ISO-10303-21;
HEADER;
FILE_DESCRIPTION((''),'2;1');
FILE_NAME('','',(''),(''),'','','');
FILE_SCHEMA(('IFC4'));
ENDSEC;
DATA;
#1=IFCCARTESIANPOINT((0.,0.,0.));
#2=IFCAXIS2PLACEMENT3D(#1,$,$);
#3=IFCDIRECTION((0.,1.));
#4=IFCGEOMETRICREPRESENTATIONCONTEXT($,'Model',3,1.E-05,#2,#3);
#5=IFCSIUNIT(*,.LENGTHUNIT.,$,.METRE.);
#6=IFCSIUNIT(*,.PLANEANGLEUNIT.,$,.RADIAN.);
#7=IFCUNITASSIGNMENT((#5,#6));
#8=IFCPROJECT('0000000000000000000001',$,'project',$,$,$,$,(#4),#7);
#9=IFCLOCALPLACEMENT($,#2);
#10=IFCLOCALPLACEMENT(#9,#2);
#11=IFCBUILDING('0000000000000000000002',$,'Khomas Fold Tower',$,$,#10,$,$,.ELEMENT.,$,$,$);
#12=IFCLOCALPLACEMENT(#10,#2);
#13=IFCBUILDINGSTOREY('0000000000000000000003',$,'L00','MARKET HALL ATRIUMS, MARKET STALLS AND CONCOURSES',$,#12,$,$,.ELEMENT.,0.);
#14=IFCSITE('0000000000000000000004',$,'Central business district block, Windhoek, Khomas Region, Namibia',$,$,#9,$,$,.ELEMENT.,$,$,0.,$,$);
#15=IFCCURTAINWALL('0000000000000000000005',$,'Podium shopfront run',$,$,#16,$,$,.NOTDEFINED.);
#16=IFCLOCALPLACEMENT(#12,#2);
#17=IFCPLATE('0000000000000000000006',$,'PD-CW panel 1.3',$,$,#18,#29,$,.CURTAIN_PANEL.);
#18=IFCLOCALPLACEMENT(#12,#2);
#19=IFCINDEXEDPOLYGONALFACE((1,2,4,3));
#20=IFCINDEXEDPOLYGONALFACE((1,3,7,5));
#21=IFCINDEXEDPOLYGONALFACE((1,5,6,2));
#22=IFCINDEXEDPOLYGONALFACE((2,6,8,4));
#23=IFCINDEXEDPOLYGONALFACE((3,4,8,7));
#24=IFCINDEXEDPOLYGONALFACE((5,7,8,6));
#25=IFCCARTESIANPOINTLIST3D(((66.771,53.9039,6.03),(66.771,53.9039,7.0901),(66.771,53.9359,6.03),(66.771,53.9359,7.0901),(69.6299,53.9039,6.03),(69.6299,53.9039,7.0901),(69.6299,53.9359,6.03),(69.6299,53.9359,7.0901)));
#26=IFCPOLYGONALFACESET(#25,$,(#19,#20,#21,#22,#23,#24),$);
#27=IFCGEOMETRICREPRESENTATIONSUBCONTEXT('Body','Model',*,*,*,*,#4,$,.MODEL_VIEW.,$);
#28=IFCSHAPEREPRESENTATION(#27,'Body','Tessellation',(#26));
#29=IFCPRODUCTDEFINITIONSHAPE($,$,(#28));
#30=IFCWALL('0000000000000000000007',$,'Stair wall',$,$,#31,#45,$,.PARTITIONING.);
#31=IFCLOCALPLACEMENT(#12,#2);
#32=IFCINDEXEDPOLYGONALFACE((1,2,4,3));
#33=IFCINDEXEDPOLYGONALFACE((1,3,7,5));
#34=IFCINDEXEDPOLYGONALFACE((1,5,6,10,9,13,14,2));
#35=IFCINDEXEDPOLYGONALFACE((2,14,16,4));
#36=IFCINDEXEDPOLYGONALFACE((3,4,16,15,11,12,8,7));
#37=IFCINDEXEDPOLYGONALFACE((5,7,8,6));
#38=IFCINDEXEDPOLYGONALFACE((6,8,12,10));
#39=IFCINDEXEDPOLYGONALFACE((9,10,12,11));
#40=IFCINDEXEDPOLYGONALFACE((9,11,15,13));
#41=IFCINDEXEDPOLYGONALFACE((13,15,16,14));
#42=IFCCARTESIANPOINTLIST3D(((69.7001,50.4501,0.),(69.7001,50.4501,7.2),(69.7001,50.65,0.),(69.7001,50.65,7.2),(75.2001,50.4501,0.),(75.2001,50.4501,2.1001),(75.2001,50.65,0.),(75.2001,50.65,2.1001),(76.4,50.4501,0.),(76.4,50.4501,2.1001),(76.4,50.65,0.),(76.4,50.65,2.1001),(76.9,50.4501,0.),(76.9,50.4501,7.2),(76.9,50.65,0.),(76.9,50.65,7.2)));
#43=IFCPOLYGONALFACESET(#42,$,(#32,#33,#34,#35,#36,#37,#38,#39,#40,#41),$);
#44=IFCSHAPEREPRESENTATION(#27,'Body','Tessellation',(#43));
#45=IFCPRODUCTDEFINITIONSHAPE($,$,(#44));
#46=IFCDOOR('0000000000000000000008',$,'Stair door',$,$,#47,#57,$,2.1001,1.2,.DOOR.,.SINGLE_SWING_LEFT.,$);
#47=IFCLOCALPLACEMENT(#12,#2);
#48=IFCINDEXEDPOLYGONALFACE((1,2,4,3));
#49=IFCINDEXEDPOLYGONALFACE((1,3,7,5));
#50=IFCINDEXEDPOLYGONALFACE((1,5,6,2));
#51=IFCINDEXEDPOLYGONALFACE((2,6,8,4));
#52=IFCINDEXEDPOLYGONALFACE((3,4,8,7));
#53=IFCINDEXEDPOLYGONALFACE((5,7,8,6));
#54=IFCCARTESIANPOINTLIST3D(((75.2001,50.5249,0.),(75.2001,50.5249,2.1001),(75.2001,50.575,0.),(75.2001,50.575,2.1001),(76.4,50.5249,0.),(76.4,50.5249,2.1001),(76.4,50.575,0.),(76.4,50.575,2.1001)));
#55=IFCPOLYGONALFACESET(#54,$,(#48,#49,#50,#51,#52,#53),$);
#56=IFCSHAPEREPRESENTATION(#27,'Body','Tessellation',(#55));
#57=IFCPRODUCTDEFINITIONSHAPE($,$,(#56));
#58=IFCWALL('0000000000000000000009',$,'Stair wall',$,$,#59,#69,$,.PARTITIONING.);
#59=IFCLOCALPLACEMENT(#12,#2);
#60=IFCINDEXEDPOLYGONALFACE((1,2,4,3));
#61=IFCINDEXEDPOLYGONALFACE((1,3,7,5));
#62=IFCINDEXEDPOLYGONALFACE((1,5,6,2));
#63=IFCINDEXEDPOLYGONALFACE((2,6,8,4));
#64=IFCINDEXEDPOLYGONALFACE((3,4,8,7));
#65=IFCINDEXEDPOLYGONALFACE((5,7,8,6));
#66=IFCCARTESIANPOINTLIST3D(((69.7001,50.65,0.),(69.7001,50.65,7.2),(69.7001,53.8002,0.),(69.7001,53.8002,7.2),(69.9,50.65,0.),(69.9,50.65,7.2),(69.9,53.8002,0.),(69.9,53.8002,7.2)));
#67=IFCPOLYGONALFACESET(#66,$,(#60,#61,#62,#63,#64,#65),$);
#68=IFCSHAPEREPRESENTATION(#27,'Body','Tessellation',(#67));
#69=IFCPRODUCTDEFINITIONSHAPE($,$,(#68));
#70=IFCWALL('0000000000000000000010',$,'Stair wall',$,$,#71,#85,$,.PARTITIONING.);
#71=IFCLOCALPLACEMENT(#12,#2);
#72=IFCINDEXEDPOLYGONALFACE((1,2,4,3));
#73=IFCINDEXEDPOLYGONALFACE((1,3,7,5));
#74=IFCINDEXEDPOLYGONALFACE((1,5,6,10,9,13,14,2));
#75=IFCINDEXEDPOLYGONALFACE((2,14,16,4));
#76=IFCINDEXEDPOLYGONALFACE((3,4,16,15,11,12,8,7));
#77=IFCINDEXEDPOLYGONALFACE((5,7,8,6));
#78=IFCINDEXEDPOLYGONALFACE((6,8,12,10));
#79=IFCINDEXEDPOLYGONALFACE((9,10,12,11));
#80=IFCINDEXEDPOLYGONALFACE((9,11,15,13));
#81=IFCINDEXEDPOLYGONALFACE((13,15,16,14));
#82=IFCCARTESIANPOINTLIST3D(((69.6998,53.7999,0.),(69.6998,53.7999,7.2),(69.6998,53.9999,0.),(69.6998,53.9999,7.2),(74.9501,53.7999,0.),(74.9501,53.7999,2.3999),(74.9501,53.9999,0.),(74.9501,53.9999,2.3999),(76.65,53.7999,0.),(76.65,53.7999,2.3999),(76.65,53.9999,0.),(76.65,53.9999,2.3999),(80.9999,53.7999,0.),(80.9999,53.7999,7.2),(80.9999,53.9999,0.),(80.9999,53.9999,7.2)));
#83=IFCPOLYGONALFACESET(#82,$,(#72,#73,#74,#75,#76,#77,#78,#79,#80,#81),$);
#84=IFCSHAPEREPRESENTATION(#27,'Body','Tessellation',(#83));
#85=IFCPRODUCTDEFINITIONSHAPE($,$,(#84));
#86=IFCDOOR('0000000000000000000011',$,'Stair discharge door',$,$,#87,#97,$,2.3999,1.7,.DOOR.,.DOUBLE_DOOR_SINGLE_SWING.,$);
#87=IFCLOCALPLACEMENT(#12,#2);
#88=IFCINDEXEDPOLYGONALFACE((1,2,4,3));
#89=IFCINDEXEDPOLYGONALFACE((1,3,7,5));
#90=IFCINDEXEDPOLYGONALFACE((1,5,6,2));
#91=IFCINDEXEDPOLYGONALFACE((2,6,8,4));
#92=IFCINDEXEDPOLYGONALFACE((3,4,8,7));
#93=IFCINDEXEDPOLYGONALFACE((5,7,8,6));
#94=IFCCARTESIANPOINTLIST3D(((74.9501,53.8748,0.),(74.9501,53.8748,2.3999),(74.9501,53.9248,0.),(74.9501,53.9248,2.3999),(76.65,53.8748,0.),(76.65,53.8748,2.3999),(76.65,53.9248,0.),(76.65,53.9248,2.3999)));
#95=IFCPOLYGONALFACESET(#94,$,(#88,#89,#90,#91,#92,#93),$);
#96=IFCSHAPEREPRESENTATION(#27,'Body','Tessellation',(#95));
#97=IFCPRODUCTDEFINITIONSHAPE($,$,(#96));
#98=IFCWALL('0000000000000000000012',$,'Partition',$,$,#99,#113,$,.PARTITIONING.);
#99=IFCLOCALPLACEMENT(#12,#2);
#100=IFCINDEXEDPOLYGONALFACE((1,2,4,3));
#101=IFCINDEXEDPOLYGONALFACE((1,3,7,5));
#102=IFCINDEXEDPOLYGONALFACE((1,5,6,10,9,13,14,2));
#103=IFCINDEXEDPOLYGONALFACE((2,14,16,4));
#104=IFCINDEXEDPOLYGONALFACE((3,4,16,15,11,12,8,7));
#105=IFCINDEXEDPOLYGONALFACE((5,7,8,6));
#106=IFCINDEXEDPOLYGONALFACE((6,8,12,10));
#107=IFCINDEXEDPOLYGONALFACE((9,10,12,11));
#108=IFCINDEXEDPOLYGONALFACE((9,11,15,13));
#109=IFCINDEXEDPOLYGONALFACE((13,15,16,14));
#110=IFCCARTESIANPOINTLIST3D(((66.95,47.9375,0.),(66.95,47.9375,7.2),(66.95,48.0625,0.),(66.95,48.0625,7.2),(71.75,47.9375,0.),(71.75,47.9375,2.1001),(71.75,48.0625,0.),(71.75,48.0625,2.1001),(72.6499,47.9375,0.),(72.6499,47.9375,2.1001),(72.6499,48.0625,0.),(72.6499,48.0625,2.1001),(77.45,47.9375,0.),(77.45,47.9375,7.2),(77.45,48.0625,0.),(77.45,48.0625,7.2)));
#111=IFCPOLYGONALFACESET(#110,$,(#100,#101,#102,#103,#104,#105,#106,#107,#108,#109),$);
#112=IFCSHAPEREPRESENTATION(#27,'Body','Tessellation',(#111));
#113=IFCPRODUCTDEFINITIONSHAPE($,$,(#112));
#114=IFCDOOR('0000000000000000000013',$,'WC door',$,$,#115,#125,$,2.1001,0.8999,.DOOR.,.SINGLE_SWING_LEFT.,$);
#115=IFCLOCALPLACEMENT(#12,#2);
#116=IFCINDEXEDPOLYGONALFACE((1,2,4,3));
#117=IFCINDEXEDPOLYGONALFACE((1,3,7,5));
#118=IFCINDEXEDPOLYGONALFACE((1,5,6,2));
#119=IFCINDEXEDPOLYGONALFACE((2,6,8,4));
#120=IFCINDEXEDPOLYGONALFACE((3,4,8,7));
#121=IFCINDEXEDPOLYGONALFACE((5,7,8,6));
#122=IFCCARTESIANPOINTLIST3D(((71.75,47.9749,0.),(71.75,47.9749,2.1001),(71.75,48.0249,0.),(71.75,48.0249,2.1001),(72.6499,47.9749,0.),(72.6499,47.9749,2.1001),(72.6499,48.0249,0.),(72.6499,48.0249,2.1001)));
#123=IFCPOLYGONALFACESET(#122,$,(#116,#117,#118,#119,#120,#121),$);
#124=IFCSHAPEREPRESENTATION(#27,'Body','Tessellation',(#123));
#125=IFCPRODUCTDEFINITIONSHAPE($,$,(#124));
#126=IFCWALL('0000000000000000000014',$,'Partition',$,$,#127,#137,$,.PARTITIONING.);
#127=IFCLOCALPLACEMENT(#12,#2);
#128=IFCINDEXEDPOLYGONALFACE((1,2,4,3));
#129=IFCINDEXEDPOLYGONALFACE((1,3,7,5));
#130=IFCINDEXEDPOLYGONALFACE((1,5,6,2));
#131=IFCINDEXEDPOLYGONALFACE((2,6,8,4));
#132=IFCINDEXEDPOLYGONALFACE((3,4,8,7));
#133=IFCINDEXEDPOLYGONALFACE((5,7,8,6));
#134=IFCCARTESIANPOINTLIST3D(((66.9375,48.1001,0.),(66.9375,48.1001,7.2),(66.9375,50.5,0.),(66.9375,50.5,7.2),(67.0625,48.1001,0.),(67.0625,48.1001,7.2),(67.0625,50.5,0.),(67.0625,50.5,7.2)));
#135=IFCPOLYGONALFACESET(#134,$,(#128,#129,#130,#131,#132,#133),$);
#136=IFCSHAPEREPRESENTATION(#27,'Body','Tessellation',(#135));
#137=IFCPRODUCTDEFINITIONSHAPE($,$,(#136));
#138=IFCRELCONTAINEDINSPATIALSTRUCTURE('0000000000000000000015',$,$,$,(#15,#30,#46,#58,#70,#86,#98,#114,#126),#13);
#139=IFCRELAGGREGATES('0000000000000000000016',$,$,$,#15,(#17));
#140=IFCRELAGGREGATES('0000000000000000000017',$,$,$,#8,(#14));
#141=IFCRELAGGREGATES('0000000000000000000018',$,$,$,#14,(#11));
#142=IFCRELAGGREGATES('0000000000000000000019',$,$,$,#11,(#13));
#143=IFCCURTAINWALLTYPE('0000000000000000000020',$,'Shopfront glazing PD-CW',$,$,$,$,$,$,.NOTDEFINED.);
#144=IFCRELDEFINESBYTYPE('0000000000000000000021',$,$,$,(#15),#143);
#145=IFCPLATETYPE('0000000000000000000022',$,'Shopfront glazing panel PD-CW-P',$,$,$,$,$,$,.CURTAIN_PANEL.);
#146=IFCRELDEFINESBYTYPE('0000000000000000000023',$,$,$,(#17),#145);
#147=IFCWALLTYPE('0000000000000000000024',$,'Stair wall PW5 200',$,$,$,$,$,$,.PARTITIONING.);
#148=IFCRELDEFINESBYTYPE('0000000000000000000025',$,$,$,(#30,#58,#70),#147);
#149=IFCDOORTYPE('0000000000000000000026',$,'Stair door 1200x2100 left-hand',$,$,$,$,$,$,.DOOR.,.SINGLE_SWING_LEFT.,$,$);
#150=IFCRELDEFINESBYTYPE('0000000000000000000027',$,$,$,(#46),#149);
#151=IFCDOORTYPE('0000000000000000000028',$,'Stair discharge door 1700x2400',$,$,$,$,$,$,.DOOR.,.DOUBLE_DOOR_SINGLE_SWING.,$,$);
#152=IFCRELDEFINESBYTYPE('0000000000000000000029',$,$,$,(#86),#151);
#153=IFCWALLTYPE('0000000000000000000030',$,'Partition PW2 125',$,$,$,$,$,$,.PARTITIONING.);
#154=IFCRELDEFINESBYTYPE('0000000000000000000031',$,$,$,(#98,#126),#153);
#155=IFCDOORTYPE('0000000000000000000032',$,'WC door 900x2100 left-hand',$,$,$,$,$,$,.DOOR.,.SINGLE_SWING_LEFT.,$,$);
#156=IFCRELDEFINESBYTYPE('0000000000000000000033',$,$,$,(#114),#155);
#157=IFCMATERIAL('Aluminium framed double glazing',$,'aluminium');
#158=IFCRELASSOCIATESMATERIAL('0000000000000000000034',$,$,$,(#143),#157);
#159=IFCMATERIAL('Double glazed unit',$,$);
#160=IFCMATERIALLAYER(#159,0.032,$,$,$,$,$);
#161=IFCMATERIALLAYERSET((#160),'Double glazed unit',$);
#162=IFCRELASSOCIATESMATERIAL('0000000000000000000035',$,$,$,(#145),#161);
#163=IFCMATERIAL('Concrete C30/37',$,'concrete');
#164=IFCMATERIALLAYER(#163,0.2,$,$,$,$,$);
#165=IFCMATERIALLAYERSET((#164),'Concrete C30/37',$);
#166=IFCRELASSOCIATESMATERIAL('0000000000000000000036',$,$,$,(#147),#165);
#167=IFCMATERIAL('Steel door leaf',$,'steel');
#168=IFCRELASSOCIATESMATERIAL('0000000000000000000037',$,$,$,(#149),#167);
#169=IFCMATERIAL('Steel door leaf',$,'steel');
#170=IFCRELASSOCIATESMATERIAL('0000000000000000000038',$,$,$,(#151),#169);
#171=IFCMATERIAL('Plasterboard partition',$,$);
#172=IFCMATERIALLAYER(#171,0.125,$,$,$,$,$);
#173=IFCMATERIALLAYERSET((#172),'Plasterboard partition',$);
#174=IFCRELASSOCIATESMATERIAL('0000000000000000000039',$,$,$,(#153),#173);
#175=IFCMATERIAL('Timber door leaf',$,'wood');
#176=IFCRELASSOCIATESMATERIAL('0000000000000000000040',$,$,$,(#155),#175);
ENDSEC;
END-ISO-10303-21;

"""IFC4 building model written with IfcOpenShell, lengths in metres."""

from ifc_helpers import new_model, si_unit, direction, frame, frame_2d, origin, origin_2d, place, context, subcontext, project, spatial, rectangle, extrude, source, transform, mapped, material, layer, layer_set, type_object, element, fill, aggregate, save


model = new_model("IFC4")

# Units and contexts
model_context = context("Model", 3, precision=1e-05, world=origin(), true_north=direction((0.0, 1.0)))
body_context = subcontext(model_context, "Body", "Model", "MODEL_VIEW")
ifc_project = project(units=[si_unit("LENGTHUNIT", "METRE"), si_unit("PLANEANGLEUNIT", "RADIAN")], contexts=[model_context])

# Site, building, storey
site_placement = place(None, origin())
site = spatial("IfcSite", under=ifc_project, at=site_placement, Name="Central business district block, Windhoek, Khomas Region, Namibia", CompositionType="ELEMENT", RefElevation=0.0)
building_placement = place(site_placement, origin())
building = spatial("IfcBuilding", under=site, at=building_placement, Name="Khomas Fold Tower", CompositionType="ELEMENT")
storey_placement = place(building_placement, origin())
storey = spatial("IfcBuildingStorey", under=building, at=storey_placement, Name="L00", Description="MARKET HALL ATRIUMS, MARKET STALLS AND CONCOURSES", CompositionType="ELEMENT", Elevation=0.0)

# Curtain wall, plate
ifc_material_1 = material(Name="Aluminium framed double glazing", Category="aluminium")
curtain_wall_type = type_object("IfcCurtainWallType", Name="Shopfront glazing PD-CW", PredefinedType="NOTDEFINED", material=ifc_material_1)
curtain_wall_placement = place(storey_placement, origin())
curtain_wall = element("IfcCurtainWall", 1, at=curtain_wall_placement, inside=storey, type_object=curtain_wall_type, Name="Podium shopfront run", PredefinedType="NOTDEFINED")
ifc_material_2 = material(Name="Double glazed unit")
ifc_layer_1 = layer(ifc_material_2, 0.032)
ifc_layer_set_1 = layer_set([ifc_layer_1], Name="Double glazed unit")
plate_type = type_object("IfcPlateType", Name="Shopfront glazing panel PD-CW-P", PredefinedType="CURTAIN_PANEL", material=ifc_layer_set_1)
shared_shape_1 = source(origin(), body_context, "Body", "SweptSolid", [
    extrude(rectangle(XDim=2.8589, YDim=0.032, at=origin_2d()), origin(), (0.0, 0.0, 1.0), 1.0601),
])
plate_1_placement = place(storey_placement, frame((68.2004, 53.9199, 6.03), z_axis=(0.0, 0.0, 1.0), x_axis=(-1.0, 0.0, 0.0)))
plate_1 = element("IfcPlate", 2, at=plate_1_placement, type_object=plate_type, Name="PD-CW panel 1.3", PredefinedType="CURTAIN_PANEL", context=body_context, shape_type="MappedRepresentation", body=[
    mapped(shared_shape_1, transform((0.0, 0.0, 0.0))),
])
aggregate(curtain_wall, [plate_1])

# Wall, opening, door
ifc_material_3 = material(Name="Concrete C30/37", Category="concrete")
ifc_layer_2 = layer(ifc_material_3, 0.2)
ifc_layer_set_2 = layer_set([ifc_layer_2], Name="Concrete C30/37")
wall_type_1 = type_object("IfcWallType", Name="Stair wall PW5 200", PredefinedType="PARTITIONING", material=ifc_layer_set_2)
shared_shape_2 = source(origin(), body_context, "Body", "SweptSolid", [
    extrude(rectangle(XDim=7.2, YDim=0.2, at=frame_2d((3.6001, 0.0))), origin(), (0.0, 0.0, 1.0), 7.2),
])
wall_1_placement = place(storey_placement, frame((69.7, 50.55, 0.0), z_axis=(0.0, 0.0, 1.0), x_axis=(1.0, 0.0, 0.0)))
wall_1 = element("IfcWall", 3, at=wall_1_placement, inside=storey, type_object=wall_type_1, Name="Stair wall", PredefinedType="PARTITIONING", context=body_context, shape_type="MappedRepresentation", body=[
    mapped(shared_shape_2, transform((0.0, 0.0, 0.0))),
])
shared_shape_3 = source(origin(), body_context, "Body", "SweptSolid", [
    extrude(rectangle(XDim=1.2, YDim=2.1001, at=frame_2d((0.6001, 1.05))), frame((0.0, 0.1099, 0.0), z_axis=(0.0, -1.0, 0.0), x_axis=(1.0, 0.0, 0.0)), (0.0, 0.0, 1.0), 0.22),
])
opening_1_placement = place(wall_1_placement, frame((5.5, 0.0, 0.0)))
opening_1 = element("IfcOpeningElement", 4, at=opening_1_placement, cuts=wall_1, PredefinedType="OPENING", context=body_context, shape_type="MappedRepresentation", body=[
    mapped(shared_shape_3, transform((0.0, 0.0, 0.0))),
])
ifc_material_4 = material(Name="Steel door leaf", Category="steel")
door_type_1 = type_object("IfcDoorType", Name="Stair door 1200x2100 left-hand", OperationType="SINGLE_SWING_LEFT", PredefinedType="DOOR", material=ifc_material_4)
shared_shape_4 = source(origin(), body_context, "Body", "SweptSolid", [
    extrude(rectangle(XDim=1.2, YDim=2.1001, at=frame_2d((0.6001, 1.05))), frame((0.0, 0.0249, 0.0), z_axis=(0.0, -1.0, 0.0), x_axis=(1.0, 0.0, 0.0)), (0.0, 0.0, 1.0), 0.05),
])
door_1_placement = place(opening_1_placement, origin())
door_1 = element("IfcDoor", 5, at=door_1_placement, inside=storey, type_object=door_type_1, Name="Stair door", OperationType="SINGLE_SWING_LEFT", OverallHeight=2.1001, OverallWidth=1.2, PredefinedType="DOOR", context=body_context, shape_type="MappedRepresentation", body=[
    mapped(shared_shape_4, transform((0.0, 0.0, 0.0))),
])
fill(opening_1, door_1)

# Wall
shared_shape_5 = source(origin(), body_context, "Body", "SweptSolid", [
    extrude(rectangle(XDim=3.1501, YDim=0.2, at=frame_2d((1.5752, 0.0))), origin(), (0.0, 0.0, 1.0), 7.2),
])
wall_2_placement = place(storey_placement, frame((69.8, 50.6499, 0.0), z_axis=(0.0, 0.0, 1.0), x_axis=(0.0, 1.0, 0.0)))
element("IfcWall", 6, at=wall_2_placement, inside=storey, type_object=wall_type_1, Name="Stair wall", PredefinedType="PARTITIONING", context=body_context, shape_type="MappedRepresentation", body=[
    mapped(shared_shape_5, transform((0.0, 0.0, 0.0))),
])

# Walls, openings, doors
shared_shape_6 = source(origin(), body_context, "Body", "SweptSolid", [
    extrude(rectangle(XDim=11.3, YDim=0.2, at=frame_2d((5.6499, 0.0))), origin(), (0.0, 0.0, 1.0), 7.2),
])
wall_3_placement = place(storey_placement, frame((69.7, 53.8999, 0.0), z_axis=(0.0, 0.0, 1.0), x_axis=(1.0, 0.0, 0.0)))
wall_3 = element("IfcWall", 7, at=wall_3_placement, inside=storey, type_object=wall_type_1, Name="Stair wall", PredefinedType="PARTITIONING", context=body_context, shape_type="MappedRepresentation", body=[
    mapped(shared_shape_6, transform((0.0, 0.0, 0.0))),
])
shared_shape_7 = source(origin(), body_context, "Body", "SweptSolid", [
    extrude(rectangle(XDim=1.7, YDim=2.3999, at=frame_2d((0.8501, 1.2))), frame((0.0, 0.1099, 0.0), z_axis=(0.0, -1.0, 0.0), x_axis=(1.0, 0.0, 0.0)), (0.0, 0.0, 1.0), 0.22),
])
opening_2_placement = place(wall_3_placement, frame((5.25, 0.0, 0.0)))
opening_2 = element("IfcOpeningElement", 8, at=opening_2_placement, cuts=wall_3, PredefinedType="OPENING", context=body_context, shape_type="MappedRepresentation", body=[
    mapped(shared_shape_7, transform((0.0, 0.0, 0.0))),
])
ifc_material_5 = material(Name="Steel door leaf", Category="steel")
door_type_2 = type_object("IfcDoorType", Name="Stair discharge door 1700x2400", OperationType="DOUBLE_DOOR_SINGLE_SWING", PredefinedType="DOOR", material=ifc_material_5)
shared_shape_8 = source(origin(), body_context, "Body", "SweptSolid", [
    extrude(rectangle(XDim=1.7, YDim=2.3999, at=frame_2d((0.8501, 1.2))), frame((0.0, 0.0249, 0.0), z_axis=(0.0, -1.0, 0.0), x_axis=(1.0, 0.0, 0.0)), (0.0, 0.0, 1.0), 0.05),
])
door_2_placement = place(opening_2_placement, origin())
door_2 = element("IfcDoor", 9, at=door_2_placement, inside=storey, type_object=door_type_2, Name="Stair discharge door", OperationType="DOUBLE_DOOR_SINGLE_SWING", OverallHeight=2.3999, OverallWidth=1.7, PredefinedType="DOOR", context=body_context, shape_type="MappedRepresentation", body=[
    mapped(shared_shape_8, transform((0.0, 0.0, 0.0))),
])
fill(opening_2, door_2)
ifc_material_6 = material(Name="Plasterboard partition")
ifc_layer_3 = layer(ifc_material_6, 0.125)
ifc_layer_set_3 = layer_set([ifc_layer_3], Name="Plasterboard partition")
wall_type_2 = type_object("IfcWallType", Name="Partition PW2 125", PredefinedType="PARTITIONING", material=ifc_layer_set_3)
shared_shape_9 = source(origin(), body_context, "Body", "SweptSolid", [
    extrude(rectangle(XDim=10.5, YDim=0.125, at=frame_2d((5.25, 0.0))), origin(), (0.0, 0.0, 1.0), 7.2),
])
wall_4_placement = place(storey_placement, frame((66.95, 48.0, 0.0), z_axis=(0.0, 0.0, 1.0), x_axis=(1.0, 0.0, 0.0)))
wall_4 = element("IfcWall", 10, at=wall_4_placement, inside=storey, type_object=wall_type_2, Name="Partition", PredefinedType="PARTITIONING", context=body_context, shape_type="MappedRepresentation", body=[
    mapped(shared_shape_9, transform((0.0, 0.0, 0.0))),
])
shared_shape_10 = source(origin(), body_context, "Body", "SweptSolid", [
    extrude(rectangle(XDim=0.8999, YDim=2.1001, at=frame_2d((0.45, 1.05))), frame((0.0, 0.0725, 0.0), z_axis=(0.0, -1.0, 0.0), x_axis=(1.0, 0.0, 0.0)), (0.0, 0.0, 1.0), 0.145),
])
opening_3_placement = place(wall_4_placement, frame((4.8, 0.0, 0.0)))
opening_3 = element("IfcOpeningElement", 11, at=opening_3_placement, cuts=wall_4, PredefinedType="OPENING", context=body_context, shape_type="MappedRepresentation", body=[
    mapped(shared_shape_10, transform((0.0, 0.0, 0.0))),
])
ifc_material_7 = material(Name="Timber door leaf", Category="wood")
door_type_3 = type_object("IfcDoorType", Name="WC door 900x2100 left-hand", OperationType="SINGLE_SWING_LEFT", PredefinedType="DOOR", material=ifc_material_7)
shared_shape_11 = source(origin(), body_context, "Body", "SweptSolid", [
    extrude(rectangle(XDim=0.8999, YDim=2.1001, at=frame_2d((0.45, 1.05))), frame((0.0, 0.0249, 0.0), z_axis=(0.0, -1.0, 0.0), x_axis=(1.0, 0.0, 0.0)), (0.0, 0.0, 1.0), 0.05),
])
door_3_placement = place(opening_3_placement, origin())
door_3 = element("IfcDoor", 12, at=door_3_placement, inside=storey, type_object=door_type_3, Name="WC door", OperationType="SINGLE_SWING_LEFT", OverallHeight=2.1001, OverallWidth=0.8999, PredefinedType="DOOR", context=body_context, shape_type="MappedRepresentation", body=[
    mapped(shared_shape_11, transform((0.0, 0.0, 0.0))),
])
fill(opening_3, door_3)

# Wall
shared_shape_12 = source(origin(), body_context, "Body", "SweptSolid", [
    extrude(rectangle(XDim=2.3999, YDim=0.125, at=frame_2d((1.2, 0.0))), origin(), (0.0, 0.0, 1.0), 7.2),
])
wall_5_placement = place(storey_placement, frame((67.0, 48.1001, 0.0), z_axis=(0.0, 0.0, 1.0), x_axis=(0.0, 1.0, 0.0)))
element("IfcWall", 13, at=wall_5_placement, inside=storey, type_object=wall_type_2, Name="Partition", PredefinedType="PARTITIONING", context=body_context, shape_type="MappedRepresentation", body=[
    mapped(shared_shape_12, transform((0.0, 0.0, 0.0))),
])

save(model, "model.ifc")
